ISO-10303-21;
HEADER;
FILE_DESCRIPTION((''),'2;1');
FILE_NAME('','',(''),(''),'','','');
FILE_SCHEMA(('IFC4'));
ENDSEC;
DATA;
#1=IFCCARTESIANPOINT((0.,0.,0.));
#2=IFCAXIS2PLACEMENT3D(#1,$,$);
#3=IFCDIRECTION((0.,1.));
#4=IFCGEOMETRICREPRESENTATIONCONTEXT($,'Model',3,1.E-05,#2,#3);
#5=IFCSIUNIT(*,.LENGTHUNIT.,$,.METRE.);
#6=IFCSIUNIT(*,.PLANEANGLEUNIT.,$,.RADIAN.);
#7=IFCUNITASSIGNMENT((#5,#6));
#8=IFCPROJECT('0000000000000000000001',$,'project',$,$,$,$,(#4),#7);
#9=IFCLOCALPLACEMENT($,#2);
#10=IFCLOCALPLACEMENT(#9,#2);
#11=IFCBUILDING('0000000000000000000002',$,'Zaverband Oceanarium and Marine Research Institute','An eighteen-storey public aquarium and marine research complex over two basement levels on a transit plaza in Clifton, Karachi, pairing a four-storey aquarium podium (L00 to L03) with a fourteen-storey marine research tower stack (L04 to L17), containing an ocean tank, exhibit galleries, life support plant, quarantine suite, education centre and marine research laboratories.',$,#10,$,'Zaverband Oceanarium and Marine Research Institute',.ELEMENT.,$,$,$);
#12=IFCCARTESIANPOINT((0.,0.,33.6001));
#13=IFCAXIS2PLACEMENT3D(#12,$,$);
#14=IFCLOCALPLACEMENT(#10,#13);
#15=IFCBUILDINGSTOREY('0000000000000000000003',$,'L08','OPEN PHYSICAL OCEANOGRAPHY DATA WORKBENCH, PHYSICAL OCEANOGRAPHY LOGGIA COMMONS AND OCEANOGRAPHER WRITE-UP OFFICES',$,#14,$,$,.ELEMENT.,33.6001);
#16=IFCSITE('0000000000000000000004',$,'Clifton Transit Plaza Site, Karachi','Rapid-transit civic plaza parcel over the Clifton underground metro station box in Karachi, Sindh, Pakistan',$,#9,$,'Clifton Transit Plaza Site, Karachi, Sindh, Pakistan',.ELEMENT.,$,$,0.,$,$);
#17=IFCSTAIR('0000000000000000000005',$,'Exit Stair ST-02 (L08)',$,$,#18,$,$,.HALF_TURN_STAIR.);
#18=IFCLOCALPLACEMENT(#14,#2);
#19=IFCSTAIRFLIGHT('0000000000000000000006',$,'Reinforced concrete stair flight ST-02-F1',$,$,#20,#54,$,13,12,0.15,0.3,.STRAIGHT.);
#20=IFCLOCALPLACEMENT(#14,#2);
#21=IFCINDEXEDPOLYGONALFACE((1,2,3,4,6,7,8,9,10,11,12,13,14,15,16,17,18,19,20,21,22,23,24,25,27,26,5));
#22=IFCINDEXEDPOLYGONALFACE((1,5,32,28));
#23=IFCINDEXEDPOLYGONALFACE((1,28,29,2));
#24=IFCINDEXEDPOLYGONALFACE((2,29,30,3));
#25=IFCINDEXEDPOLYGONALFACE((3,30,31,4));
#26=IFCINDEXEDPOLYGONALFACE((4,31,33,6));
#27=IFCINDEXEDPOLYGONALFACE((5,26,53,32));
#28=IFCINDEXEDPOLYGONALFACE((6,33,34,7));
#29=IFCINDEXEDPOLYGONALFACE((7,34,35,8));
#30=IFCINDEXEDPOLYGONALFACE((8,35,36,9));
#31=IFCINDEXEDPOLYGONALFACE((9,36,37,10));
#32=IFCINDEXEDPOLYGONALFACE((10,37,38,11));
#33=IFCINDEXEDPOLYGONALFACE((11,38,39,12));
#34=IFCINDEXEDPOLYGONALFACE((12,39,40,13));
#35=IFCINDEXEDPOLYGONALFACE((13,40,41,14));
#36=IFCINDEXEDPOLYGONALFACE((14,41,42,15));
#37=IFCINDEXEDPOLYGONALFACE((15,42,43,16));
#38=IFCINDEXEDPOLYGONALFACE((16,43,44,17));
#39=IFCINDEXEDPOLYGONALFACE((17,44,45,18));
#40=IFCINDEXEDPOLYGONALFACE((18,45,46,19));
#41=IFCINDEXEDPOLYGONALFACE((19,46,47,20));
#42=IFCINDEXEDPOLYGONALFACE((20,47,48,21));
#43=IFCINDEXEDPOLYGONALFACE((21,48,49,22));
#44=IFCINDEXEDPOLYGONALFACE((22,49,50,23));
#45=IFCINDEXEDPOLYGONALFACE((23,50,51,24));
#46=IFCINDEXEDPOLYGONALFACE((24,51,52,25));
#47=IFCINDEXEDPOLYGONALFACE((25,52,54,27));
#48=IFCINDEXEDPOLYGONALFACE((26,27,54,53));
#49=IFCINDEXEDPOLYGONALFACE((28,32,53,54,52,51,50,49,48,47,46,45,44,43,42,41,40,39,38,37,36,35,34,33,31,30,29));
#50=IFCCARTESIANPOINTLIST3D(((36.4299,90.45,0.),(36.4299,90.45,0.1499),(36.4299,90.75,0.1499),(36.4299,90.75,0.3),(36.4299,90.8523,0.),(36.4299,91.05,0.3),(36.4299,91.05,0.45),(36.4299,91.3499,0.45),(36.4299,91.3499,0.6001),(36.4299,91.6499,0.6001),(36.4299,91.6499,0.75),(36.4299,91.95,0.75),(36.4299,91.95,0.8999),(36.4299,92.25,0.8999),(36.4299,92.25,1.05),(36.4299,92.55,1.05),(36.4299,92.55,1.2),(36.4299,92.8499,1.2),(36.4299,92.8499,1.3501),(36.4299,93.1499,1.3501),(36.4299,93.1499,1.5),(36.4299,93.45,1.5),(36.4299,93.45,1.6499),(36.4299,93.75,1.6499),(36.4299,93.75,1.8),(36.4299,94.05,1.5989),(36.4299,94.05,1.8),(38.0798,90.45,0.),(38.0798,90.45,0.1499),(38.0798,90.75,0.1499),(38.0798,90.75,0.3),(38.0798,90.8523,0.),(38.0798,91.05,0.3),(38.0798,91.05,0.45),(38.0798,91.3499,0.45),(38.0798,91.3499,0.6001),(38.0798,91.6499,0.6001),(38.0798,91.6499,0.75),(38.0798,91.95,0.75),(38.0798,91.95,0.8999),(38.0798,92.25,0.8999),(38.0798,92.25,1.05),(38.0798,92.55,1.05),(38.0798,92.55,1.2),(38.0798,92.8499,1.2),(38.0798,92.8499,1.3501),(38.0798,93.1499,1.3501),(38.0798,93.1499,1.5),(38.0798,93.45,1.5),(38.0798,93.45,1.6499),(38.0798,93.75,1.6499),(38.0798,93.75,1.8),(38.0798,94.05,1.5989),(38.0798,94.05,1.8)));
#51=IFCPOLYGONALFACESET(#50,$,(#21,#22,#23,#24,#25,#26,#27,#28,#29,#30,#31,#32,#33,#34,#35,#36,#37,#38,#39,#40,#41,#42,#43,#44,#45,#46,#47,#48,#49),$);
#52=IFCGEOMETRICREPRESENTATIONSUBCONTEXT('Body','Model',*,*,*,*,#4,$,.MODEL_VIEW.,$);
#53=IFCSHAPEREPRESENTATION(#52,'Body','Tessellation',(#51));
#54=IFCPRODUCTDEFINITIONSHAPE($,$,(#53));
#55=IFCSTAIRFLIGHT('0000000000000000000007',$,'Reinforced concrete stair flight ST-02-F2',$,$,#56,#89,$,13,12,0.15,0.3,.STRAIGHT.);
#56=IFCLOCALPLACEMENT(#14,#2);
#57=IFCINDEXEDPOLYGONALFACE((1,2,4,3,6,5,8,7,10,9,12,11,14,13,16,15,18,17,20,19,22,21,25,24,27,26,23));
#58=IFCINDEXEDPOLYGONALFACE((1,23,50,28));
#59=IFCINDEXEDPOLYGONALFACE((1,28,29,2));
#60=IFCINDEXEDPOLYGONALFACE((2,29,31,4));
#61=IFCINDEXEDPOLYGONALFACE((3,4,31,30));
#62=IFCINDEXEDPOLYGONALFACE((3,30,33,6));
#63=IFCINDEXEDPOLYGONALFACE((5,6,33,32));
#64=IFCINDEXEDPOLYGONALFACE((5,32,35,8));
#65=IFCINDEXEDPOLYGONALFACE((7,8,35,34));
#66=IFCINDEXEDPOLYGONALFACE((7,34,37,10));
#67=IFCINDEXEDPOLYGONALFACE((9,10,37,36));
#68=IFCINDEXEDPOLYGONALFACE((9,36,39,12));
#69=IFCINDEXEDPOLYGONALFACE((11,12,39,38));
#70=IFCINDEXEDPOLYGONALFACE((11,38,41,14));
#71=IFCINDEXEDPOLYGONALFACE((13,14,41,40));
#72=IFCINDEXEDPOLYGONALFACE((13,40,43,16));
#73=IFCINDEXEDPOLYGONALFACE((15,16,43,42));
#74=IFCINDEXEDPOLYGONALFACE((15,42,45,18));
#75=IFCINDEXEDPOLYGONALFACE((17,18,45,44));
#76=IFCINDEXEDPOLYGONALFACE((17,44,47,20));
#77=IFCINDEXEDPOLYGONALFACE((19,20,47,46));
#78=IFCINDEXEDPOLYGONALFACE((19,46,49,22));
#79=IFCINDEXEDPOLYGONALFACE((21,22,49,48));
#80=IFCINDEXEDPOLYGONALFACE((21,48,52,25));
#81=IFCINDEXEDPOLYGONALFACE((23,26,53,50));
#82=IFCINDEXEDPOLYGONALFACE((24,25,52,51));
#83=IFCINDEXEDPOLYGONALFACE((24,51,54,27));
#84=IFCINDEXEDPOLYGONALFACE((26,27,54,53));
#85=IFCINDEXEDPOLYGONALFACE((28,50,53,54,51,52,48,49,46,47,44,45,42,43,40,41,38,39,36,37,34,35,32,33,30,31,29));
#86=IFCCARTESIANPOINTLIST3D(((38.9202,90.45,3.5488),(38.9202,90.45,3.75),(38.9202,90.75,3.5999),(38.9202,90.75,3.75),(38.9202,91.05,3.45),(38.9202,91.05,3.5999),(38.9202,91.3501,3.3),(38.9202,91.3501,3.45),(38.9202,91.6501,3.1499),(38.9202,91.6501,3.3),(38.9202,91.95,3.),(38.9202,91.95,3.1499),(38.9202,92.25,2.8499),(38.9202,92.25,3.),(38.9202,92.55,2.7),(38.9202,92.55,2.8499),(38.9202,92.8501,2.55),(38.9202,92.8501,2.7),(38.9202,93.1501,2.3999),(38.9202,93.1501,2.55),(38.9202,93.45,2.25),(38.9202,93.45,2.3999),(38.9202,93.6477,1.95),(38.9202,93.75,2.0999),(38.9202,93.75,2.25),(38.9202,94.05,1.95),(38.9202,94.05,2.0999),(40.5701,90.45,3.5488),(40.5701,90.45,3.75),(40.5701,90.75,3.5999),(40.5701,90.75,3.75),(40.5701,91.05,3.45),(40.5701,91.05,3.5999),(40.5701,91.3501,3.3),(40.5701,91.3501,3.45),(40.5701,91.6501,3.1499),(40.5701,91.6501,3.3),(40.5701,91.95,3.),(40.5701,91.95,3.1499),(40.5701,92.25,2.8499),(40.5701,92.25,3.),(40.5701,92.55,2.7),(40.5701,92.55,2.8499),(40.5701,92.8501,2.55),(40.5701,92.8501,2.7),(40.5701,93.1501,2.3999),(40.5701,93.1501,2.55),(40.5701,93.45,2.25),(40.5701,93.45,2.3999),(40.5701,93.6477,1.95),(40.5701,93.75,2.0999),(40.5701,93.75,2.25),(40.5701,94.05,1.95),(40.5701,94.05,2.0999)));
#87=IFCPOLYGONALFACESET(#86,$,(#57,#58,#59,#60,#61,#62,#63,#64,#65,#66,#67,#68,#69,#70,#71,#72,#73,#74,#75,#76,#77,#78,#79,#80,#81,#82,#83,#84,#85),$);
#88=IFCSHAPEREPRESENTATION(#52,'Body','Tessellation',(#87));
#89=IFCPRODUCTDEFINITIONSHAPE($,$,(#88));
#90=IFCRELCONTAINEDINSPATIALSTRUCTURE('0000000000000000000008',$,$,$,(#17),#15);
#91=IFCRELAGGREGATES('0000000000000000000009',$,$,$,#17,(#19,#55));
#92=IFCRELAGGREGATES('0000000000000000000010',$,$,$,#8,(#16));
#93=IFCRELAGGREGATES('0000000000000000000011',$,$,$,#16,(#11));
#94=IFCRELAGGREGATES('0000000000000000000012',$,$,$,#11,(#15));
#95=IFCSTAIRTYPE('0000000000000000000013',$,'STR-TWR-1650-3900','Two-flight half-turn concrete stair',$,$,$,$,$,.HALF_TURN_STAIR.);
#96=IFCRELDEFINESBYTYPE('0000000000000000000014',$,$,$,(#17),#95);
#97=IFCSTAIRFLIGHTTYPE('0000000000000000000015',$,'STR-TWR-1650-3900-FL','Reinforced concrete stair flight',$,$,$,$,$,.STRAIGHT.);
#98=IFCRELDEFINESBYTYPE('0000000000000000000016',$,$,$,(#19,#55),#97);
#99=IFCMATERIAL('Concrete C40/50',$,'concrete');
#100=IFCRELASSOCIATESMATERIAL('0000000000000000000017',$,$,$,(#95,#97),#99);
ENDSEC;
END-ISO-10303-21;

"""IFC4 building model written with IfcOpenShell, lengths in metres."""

from ifc_helpers import new_model, si_unit, direction, frame, origin, place, context, subcontext, project, spatial, polyline, outline, extrude, material, type_object, element, aggregate, save


model = new_model("IFC4")

# Units and contexts
model_context = context("Model", 3, precision=1e-05, world=origin(), true_north=direction((0.0, 1.0)))
body_context = subcontext(model_context, "Body", "Model", "MODEL_VIEW")
ifc_project = project(units=[si_unit("LENGTHUNIT", "METRE"), si_unit("PLANEANGLEUNIT", "RADIAN")], contexts=[model_context])

# Site, building, storey
site_placement = place(None, origin())
site = spatial("IfcSite", under=ifc_project, at=site_placement, Name="Clifton Transit Plaza Site, Karachi", Description="Rapid-transit civic plaza parcel over the Clifton underground metro station box in Karachi, Sindh, Pakistan", LongName="Clifton Transit Plaza Site, Karachi, Sindh, Pakistan", CompositionType="ELEMENT", RefElevation=0.0)
building_placement = place(site_placement, origin())
building = spatial("IfcBuilding", under=site, at=building_placement, Name="Zaverband Oceanarium and Marine Research Institute", Description="An eighteen-storey public aquarium and marine research complex over two basement levels on a transit plaza in Clifton, Karachi, pairing a four-storey aquarium podium (L00 to L03) with a fourteen-storey marine research tower stack (L04 to L17), containing an ocean tank, exhibit galleries, life support plant, quarantine suite, education centre and marine research laboratories.", LongName="Zaverband Oceanarium and Marine Research Institute", CompositionType="ELEMENT")
storey_placement = place(building_placement, frame((0.0, 0.0, 33.6001)))
storey = spatial("IfcBuildingStorey", under=building, at=storey_placement, Name="L08", Description="OPEN PHYSICAL OCEANOGRAPHY DATA WORKBENCH, PHYSICAL OCEANOGRAPHY LOGGIA COMMONS AND OCEANOGRAPHER WRITE-UP OFFICES", CompositionType="ELEMENT", Elevation=33.6001)

# Shared definitions
ifc_material_1 = material(Name="Concrete C40/50", Category="concrete")

# Stair, stair flights
stair_type = type_object("IfcStairType", Name="STR-TWR-1650-3900", Description="Two-flight half-turn concrete stair", PredefinedType="HALF_TURN_STAIR", material=ifc_material_1)
stair_placement = place(storey_placement, origin())
stair = element("IfcStair", 1, at=stair_placement, inside=storey, type_object=stair_type, Name="Exit Stair ST-02 (L08)", PredefinedType="HALF_TURN_STAIR")
stair_flight_type = type_object("IfcStairFlightType", Name="STR-TWR-1650-3900-FL", Description="Reinforced concrete stair flight", PredefinedType="STRAIGHT", material=ifc_material_1)
stair_flight_1_placement = place(storey_placement, frame((37.2549, 90.45, 0.0), z_axis=(0.0, 0.0, 1.0), x_axis=(0.0, 1.0, 0.0)))
stair_flight_1 = element("IfcStairFlight", 2, at=stair_flight_1_placement, type_object=stair_flight_type, Name="Reinforced concrete stair flight ST-02-F1", NumberOfRisers=13, NumberOfTreads=12, PredefinedType="STRAIGHT", RiserHeight=0.15, TreadLength=0.3, context=body_context, shape_type="SweptSolid", body=[
    extrude(outline(polyline([(0.0, 0.0), (0.0, 0.1499), (0.3, 0.1499), (0.3, 0.3), (0.6001, 0.3), (0.6001, 0.45), (0.8999, 0.45), (0.8999, 0.6001), (1.2, 0.6001), (1.2, 0.75), (1.5, 0.75), (1.5, 0.8999), (1.8, 0.8999), (1.8, 1.05), (2.1001, 1.05), (2.1001, 1.2), (2.3999, 1.2), (2.3999, 1.3501), (2.7, 1.3501), (2.7, 1.5), (3.0, 1.5), (3.0, 1.6499), (3.3, 1.6499), (3.3, 1.8), (3.6001, 1.8), (3.6001, 1.95), (3.6001, 1.5989), (0.4023, 0.0), (0.0, 0.0)])), frame((0.0, 0.825, 0.0), z_axis=(0.0, -1.0, 0.0), x_axis=(1.0, 0.0, 0.0)), (0.0, 0.0, 1.0), 1.6499),
])
stair_flight_2_placement = place(storey_placement, frame((39.7451, 94.05, 1.95), z_axis=(0.0, 0.0, 1.0), x_axis=(0.0, -1.0, 0.0)))
stair_flight_2 = element("IfcStairFlight", 3, at=stair_flight_2_placement, type_object=stair_flight_type, Name="Reinforced concrete stair flight ST-02-F2", NumberOfRisers=13, NumberOfTreads=12, PredefinedType="STRAIGHT", RiserHeight=0.15, TreadLength=0.3, context=body_context, shape_type="SweptSolid", body=[
    extrude(outline(polyline([(0.0, 0.0), (0.0, 0.1499), (0.3, 0.1499), (0.3, 0.3), (0.6001, 0.3), (0.6001, 0.45), (0.8999, 0.45), (0.8999, 0.6001), (1.2, 0.6001), (1.2, 0.75), (1.5, 0.75), (1.5, 0.8999), (1.8, 0.8999), (1.8, 1.05), (2.1001, 1.05), (2.1001, 1.2), (2.3999, 1.2), (2.3999, 1.3501), (2.7, 1.3501), (2.7, 1.5), (3.0, 1.5), (3.0, 1.6499), (3.3, 1.6499), (3.3, 1.8), (3.6001, 1.8), (3.6001, 1.95), (3.6001, 1.5989), (0.4023, 0.0), (0.0, 0.0)])), frame((0.0, 0.825, 0.0), z_axis=(0.0, -1.0, 0.0), x_axis=(1.0, 0.0, 0.0)), (0.0, 0.0, 1.0), 1.6499),
])
aggregate(stair, [stair_flight_1, stair_flight_2])

save(model, "model.ifc")
